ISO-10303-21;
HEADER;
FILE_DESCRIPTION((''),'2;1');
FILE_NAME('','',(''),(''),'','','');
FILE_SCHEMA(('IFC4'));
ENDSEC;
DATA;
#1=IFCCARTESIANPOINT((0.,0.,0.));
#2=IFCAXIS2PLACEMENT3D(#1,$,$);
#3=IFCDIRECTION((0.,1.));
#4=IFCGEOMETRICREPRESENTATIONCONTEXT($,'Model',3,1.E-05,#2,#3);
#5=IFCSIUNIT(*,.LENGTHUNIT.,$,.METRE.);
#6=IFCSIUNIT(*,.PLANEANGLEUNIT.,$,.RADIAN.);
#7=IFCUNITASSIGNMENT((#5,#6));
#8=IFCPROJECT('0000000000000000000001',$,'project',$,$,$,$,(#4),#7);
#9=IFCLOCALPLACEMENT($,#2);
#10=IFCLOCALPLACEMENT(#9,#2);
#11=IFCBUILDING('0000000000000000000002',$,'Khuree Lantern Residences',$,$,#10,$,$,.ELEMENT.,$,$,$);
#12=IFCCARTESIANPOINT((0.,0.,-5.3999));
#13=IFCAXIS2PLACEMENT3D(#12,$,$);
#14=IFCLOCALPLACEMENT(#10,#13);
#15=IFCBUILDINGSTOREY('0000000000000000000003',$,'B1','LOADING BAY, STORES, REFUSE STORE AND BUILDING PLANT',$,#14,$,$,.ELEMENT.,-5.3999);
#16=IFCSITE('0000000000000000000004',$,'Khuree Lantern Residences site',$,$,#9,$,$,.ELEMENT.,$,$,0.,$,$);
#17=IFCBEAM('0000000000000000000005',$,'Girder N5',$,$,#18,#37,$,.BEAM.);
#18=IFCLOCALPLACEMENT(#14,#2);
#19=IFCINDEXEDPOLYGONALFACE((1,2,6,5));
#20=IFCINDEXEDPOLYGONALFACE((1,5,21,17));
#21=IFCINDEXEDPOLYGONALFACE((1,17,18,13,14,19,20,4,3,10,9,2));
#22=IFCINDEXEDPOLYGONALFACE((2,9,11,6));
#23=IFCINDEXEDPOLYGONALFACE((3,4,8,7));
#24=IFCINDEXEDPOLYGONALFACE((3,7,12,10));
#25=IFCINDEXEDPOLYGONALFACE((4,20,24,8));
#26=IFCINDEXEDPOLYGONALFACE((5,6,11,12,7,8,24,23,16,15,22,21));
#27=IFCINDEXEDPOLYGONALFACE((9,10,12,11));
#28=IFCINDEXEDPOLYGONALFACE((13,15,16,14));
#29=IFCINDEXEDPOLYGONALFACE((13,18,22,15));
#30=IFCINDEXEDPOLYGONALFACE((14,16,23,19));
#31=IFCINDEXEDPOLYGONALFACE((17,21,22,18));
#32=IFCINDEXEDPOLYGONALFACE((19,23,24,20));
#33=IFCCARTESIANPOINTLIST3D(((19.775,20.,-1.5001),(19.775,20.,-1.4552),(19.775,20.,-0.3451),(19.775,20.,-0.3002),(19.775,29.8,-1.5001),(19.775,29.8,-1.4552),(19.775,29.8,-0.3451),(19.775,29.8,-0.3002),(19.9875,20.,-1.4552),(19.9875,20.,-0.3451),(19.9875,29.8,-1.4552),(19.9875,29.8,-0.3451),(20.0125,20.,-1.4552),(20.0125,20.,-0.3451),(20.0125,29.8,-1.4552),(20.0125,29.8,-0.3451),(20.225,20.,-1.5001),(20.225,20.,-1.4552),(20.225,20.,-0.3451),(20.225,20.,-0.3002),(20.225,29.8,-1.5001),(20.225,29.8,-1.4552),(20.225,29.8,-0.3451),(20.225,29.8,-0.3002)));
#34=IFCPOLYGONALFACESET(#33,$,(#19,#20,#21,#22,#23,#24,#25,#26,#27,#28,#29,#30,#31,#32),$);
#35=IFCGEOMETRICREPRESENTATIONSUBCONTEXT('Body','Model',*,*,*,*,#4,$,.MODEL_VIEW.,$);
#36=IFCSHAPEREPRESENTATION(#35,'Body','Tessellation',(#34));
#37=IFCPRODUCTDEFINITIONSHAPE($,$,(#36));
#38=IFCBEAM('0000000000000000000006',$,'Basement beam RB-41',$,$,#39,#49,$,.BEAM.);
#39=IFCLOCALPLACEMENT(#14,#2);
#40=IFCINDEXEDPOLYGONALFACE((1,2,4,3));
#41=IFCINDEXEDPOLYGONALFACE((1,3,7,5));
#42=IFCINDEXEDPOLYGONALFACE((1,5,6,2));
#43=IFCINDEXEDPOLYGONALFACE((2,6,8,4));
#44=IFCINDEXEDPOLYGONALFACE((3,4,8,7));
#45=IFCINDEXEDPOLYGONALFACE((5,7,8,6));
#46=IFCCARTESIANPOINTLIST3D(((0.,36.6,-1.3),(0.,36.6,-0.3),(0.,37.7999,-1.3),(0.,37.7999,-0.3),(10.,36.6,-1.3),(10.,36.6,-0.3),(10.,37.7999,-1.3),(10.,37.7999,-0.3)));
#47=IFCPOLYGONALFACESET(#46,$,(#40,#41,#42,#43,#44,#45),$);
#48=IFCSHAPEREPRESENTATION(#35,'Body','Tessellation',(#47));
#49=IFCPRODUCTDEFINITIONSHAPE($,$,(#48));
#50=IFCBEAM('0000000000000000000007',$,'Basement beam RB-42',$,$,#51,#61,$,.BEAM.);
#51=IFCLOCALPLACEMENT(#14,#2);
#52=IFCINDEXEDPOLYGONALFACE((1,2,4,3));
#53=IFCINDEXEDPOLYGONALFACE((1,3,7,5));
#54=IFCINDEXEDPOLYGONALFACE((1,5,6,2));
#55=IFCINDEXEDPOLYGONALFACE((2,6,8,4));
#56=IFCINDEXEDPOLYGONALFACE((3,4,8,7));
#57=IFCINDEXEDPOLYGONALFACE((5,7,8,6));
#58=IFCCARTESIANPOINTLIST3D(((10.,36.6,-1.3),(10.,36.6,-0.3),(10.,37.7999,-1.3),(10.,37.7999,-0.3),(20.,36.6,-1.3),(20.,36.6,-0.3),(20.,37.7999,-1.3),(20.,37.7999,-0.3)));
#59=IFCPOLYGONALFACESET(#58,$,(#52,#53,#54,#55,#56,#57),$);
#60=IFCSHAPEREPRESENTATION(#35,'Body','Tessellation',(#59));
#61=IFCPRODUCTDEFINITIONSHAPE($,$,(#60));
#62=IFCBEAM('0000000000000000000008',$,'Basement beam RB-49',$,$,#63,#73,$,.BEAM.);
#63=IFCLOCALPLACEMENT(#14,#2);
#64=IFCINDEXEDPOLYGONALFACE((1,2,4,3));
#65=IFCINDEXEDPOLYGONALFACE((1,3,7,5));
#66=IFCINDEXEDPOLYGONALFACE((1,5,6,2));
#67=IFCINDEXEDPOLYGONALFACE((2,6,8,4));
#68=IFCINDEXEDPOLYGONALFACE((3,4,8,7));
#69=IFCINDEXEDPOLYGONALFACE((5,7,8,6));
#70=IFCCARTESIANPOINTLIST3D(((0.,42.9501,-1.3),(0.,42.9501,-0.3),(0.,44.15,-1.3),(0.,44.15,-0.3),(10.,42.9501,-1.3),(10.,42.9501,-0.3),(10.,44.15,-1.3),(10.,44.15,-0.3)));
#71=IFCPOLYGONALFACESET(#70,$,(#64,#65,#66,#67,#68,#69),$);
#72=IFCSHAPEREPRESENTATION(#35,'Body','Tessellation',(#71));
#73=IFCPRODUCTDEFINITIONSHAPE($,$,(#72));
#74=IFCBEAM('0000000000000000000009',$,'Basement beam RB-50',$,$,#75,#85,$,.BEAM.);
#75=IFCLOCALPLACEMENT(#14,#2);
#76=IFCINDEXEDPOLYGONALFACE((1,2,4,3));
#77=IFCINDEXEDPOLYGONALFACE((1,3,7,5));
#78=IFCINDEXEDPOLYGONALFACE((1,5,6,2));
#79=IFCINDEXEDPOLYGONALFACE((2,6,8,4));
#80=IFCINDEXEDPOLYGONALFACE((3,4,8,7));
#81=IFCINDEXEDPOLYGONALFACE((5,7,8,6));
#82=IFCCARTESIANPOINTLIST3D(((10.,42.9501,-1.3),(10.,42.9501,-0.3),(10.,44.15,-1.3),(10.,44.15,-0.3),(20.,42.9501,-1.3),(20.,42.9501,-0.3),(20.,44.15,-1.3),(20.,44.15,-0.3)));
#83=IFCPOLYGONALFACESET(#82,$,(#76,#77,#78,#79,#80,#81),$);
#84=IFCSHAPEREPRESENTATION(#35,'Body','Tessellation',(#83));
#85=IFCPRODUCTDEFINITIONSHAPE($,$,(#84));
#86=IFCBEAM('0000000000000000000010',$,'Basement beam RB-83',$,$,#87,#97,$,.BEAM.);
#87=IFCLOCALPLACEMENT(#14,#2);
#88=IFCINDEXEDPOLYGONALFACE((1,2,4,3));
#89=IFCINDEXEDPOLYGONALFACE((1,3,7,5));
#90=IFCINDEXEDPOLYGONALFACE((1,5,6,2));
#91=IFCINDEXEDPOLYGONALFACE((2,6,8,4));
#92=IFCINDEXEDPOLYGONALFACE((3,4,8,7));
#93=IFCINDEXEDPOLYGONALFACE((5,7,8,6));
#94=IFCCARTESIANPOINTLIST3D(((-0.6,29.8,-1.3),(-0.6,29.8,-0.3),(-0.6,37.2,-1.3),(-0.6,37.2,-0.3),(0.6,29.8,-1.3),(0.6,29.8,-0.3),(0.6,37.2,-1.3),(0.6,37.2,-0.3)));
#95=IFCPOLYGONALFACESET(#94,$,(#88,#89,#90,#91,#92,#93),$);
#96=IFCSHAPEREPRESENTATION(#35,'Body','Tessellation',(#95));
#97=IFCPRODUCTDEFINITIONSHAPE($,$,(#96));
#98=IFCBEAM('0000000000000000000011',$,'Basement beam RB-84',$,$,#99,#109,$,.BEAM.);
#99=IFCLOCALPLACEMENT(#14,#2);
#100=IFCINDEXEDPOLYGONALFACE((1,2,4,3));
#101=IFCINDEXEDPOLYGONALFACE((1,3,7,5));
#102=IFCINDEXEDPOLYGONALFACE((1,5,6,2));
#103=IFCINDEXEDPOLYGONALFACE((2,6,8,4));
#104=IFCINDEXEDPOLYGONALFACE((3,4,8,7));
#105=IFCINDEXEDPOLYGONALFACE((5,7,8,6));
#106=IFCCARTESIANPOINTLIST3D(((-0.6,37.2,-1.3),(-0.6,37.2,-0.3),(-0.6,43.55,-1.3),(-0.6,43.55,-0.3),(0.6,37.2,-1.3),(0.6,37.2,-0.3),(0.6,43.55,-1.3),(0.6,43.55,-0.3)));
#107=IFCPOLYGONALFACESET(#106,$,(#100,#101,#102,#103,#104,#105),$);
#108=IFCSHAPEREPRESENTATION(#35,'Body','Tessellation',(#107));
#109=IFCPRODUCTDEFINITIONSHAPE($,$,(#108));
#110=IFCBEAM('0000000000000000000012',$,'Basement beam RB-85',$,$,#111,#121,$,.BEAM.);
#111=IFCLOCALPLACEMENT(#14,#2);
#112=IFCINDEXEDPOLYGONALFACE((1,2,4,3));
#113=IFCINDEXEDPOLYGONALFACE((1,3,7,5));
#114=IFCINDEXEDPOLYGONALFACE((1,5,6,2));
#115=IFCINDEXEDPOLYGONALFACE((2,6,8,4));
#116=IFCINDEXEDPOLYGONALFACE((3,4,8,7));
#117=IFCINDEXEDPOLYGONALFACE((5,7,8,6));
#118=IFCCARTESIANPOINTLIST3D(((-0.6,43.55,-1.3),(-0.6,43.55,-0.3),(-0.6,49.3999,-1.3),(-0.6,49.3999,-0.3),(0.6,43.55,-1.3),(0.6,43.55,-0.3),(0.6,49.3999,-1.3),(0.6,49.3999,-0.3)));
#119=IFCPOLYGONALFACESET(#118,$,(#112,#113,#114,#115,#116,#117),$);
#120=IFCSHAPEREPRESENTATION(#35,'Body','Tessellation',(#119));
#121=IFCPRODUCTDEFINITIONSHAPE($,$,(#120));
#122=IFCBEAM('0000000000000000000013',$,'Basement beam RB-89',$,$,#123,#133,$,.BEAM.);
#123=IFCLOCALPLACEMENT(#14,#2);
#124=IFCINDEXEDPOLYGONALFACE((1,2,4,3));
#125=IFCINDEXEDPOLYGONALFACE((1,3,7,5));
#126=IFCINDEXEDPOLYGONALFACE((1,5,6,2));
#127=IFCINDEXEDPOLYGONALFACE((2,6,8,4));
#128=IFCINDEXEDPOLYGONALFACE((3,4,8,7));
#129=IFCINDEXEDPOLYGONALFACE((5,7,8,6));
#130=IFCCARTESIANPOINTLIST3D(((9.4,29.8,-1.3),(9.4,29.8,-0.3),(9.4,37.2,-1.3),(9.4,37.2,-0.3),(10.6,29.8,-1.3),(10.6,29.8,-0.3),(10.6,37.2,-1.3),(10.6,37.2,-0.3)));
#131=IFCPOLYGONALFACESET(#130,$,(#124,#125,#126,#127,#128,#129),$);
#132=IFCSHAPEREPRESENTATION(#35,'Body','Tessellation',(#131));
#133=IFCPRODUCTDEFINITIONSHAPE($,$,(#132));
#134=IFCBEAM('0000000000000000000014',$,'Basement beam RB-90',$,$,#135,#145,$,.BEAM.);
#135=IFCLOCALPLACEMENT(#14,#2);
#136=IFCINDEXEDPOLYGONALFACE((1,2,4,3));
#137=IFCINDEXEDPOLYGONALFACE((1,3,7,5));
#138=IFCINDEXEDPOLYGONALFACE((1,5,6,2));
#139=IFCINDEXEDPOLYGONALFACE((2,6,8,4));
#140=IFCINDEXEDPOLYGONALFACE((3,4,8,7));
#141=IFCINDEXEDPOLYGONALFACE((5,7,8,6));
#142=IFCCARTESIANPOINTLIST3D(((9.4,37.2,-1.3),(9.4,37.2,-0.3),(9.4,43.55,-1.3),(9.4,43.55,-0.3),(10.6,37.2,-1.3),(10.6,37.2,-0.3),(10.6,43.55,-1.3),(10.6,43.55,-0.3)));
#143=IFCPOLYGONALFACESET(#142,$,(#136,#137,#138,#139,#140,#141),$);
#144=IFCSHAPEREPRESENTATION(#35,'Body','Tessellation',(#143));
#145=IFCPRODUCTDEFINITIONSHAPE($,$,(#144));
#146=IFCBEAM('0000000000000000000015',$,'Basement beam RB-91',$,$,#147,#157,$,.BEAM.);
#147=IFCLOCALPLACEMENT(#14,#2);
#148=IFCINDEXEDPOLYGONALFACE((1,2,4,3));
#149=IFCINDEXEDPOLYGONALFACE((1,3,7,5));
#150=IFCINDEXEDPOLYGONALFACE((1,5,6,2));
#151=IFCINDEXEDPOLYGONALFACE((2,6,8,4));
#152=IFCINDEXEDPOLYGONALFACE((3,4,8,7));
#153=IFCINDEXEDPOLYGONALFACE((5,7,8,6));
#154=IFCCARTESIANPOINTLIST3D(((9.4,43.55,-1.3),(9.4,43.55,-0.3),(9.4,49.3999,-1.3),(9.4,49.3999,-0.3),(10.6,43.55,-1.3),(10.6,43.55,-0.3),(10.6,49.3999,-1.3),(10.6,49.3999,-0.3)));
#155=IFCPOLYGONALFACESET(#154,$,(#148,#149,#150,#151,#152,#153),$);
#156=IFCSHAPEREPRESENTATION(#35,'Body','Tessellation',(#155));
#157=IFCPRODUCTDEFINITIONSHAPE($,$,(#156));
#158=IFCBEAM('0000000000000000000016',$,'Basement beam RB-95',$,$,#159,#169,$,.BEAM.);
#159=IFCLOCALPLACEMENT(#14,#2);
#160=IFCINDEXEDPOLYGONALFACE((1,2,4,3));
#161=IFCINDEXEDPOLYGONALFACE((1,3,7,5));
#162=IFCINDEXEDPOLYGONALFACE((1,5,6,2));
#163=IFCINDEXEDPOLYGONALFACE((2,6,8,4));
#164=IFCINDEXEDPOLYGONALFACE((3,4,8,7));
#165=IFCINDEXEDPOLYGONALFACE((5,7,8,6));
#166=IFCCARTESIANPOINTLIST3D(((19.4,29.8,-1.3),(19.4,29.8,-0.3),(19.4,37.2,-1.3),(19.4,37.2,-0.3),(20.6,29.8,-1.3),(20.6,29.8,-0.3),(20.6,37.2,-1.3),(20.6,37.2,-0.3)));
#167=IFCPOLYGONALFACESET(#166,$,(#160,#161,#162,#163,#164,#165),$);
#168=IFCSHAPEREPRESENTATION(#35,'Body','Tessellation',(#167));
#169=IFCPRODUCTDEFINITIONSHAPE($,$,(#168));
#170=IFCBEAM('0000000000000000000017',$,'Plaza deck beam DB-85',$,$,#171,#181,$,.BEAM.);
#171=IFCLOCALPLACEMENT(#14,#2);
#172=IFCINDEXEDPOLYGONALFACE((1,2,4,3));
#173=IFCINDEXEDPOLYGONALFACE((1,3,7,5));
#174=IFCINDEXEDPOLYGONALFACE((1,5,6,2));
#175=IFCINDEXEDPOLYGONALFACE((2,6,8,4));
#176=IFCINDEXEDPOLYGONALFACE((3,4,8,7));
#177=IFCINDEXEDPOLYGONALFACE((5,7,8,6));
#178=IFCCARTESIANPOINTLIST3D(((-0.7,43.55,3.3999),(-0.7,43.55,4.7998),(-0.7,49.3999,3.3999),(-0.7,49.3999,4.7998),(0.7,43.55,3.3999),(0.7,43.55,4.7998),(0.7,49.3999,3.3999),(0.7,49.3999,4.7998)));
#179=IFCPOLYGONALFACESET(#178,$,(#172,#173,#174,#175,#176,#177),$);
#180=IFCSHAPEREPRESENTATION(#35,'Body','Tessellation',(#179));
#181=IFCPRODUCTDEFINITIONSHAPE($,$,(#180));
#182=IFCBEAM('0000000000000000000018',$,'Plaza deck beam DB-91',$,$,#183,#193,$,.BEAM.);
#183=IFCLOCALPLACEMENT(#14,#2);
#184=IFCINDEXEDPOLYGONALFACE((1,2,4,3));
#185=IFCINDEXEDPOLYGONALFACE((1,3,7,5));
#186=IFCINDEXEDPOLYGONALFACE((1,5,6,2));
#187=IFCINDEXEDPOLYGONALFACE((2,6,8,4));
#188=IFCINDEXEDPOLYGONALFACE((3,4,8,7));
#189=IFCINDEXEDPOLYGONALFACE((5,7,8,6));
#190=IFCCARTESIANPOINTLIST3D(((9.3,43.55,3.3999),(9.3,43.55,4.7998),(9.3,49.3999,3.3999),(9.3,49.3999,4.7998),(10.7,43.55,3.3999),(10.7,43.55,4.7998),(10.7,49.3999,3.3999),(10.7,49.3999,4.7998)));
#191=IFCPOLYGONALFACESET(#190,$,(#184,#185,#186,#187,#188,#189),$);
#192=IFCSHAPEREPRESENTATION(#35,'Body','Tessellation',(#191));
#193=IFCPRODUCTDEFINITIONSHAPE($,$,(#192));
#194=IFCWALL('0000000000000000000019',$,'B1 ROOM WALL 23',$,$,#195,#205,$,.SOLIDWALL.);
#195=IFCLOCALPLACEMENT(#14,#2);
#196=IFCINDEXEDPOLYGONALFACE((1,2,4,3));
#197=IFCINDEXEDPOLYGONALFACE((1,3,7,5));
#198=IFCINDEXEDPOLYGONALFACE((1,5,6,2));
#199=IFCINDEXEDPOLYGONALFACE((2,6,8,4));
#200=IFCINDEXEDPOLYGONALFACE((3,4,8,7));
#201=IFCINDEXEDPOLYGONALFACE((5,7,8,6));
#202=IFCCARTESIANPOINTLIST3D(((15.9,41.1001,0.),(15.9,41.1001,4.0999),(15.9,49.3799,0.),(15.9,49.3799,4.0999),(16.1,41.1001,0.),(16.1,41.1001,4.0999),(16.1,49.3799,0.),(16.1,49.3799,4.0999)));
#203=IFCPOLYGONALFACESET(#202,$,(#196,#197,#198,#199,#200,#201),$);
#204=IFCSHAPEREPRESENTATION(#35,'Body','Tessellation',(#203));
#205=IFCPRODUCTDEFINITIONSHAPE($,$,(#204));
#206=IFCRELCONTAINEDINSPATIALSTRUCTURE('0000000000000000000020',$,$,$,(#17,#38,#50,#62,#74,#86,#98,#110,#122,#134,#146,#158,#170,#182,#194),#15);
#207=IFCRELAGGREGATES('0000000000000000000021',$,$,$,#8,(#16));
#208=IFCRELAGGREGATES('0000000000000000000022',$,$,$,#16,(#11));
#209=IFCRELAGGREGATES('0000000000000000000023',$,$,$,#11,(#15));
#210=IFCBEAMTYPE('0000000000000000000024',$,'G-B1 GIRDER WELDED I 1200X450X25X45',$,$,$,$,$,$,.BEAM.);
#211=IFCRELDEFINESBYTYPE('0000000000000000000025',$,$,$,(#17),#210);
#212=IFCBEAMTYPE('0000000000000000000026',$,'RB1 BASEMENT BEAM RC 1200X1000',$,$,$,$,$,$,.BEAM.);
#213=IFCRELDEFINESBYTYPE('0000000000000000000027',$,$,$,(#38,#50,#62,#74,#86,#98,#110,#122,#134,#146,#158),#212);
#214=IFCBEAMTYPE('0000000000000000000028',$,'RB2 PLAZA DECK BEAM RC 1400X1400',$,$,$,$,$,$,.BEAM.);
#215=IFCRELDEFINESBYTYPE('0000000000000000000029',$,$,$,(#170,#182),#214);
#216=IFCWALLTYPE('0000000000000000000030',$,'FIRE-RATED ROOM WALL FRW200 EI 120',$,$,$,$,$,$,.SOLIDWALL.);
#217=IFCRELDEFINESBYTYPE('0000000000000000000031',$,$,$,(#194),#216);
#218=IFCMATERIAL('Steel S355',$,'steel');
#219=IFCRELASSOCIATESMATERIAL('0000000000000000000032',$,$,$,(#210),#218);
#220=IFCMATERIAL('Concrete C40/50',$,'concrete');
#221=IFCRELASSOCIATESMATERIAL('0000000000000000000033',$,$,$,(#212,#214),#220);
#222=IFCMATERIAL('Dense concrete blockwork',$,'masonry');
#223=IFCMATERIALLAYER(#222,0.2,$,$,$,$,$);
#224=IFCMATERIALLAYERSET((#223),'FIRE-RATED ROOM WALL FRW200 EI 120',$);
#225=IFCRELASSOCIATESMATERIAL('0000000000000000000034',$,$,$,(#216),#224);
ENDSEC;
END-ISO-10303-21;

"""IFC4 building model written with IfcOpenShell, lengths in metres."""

from ifc_helpers import new_model, si_unit, direction, frame, frame_2d, origin, origin_2d, place, context, subcontext, project, spatial, rectangle, i_section, extrude, material, layer, layer_set, material_profile, profile_set, type_object, element, save


model = new_model("IFC4")

# Units and contexts
model_context = context("Model", 3, precision=1e-05, world=origin(), true_north=direction((0.0, 1.0)))
body_context = subcontext(model_context, "Body", "Model", "MODEL_VIEW")
ifc_project = project(units=[si_unit("LENGTHUNIT", "METRE"), si_unit("PLANEANGLEUNIT", "RADIAN")], contexts=[model_context])

# Site, building, storey
site_placement = place(None, origin())
site = spatial("IfcSite", under=ifc_project, at=site_placement, Name="Khuree Lantern Residences site", CompositionType="ELEMENT", RefElevation=0.0)
building_placement = place(site_placement, origin())
building = spatial("IfcBuilding", under=site, at=building_placement, Name="Khuree Lantern Residences", CompositionType="ELEMENT")
storey_placement = place(building_placement, frame((0.0, 0.0, -5.3999)))
storey = spatial("IfcBuildingStorey", under=building, at=storey_placement, Name="B1", Description="LOADING BAY, STORES, REFUSE STORE AND BUILDING PLANT", CompositionType="ELEMENT", Elevation=-5.3999)

# Beams
ifc_material_1 = material(Name="Steel S355", Category="steel")
ifc_material_profile_1 = material_profile(ifc_material_1, i_section(OverallWidth=0.45, OverallDepth=1.2, WebThickness=0.0249, FlangeThickness=0.0449, at=origin_2d()), Name="WELDED I 1200X450X25X45")
ifc_profile_set_1 = profile_set([ifc_material_profile_1], Name="Steel S355")
beam_type_1 = type_object("IfcBeamType", Name="G-B1 GIRDER WELDED I 1200X450X25X45", PredefinedType="BEAM", material=ifc_profile_set_1)
beam_1_placement = place(storey_placement, frame((20.0, 29.8, -0.9001), z_axis=(0.0, -1.0, 0.0), x_axis=(1.0, 0.0, 0.0)))
element("IfcBeam", 1, at=beam_1_placement, inside=storey, type_object=beam_type_1, Name="Girder N5", PredefinedType="BEAM", context=body_context, shape_type="SweptSolid", body=[
    extrude(i_section(OverallWidth=0.45, OverallDepth=1.2, WebThickness=0.0249, FlangeThickness=0.0449, at=origin_2d()), origin(), (0.0, 0.0, 1.0), 9.8),
])
ifc_material_2 = material(Name="Concrete C40/50", Category="concrete")
ifc_material_profile_2 = material_profile(ifc_material_2, rectangle(XDim=1.2, YDim=1.0, at=origin_2d()), Name="RC 1200X1000")
ifc_profile_set_2 = profile_set([ifc_material_profile_2], Name="Concrete C40/50")
beam_type_2 = type_object("IfcBeamType", Name="RB1 BASEMENT BEAM RC 1200X1000", PredefinedType="BEAM", material=ifc_profile_set_2)
for number, where, z_axis, x_axis, name in (
    (2, (0.0, 37.2, -0.8), (1.0, 0.0, 0.0), (0.0, 1.0, 0.0), "Basement beam RB-41"),
    (3, (10.0, 37.2, -0.8), (1.0, 0.0, 0.0), (0.0, 1.0, 0.0), "Basement beam RB-42"),
    (4, (0.0, 43.55, -0.8), (1.0, 0.0, 0.0), (0.0, 1.0, 0.0), "Basement beam RB-49"),
    (5, (10.0, 43.55, -0.8), (1.0, 0.0, 0.0), (0.0, 1.0, 0.0), "Basement beam RB-50"),
):
    element("IfcBeam", number, at=place(storey_placement, frame(where, z_axis=z_axis, x_axis=x_axis)), inside=storey, type_object=beam_type_2, Name=name, PredefinedType="BEAM", context=body_context, shape_type="SweptSolid", body=[
        extrude(rectangle(XDim=1.2, YDim=1.0, at=origin_2d()), origin(), (0.0, 0.0, 1.0), 10.0),
    ])
beam_2_placement = place(storey_placement, frame((0.0, 29.8, -0.8), z_axis=(0.0, 1.0, 0.0), x_axis=(-1.0, 0.0, 0.0)))
element("IfcBeam", 6, at=beam_2_placement, inside=storey, type_object=beam_type_2, Name="Basement beam RB-83", PredefinedType="BEAM", context=body_context, shape_type="SweptSolid", body=[
    extrude(rectangle(XDim=1.2, YDim=1.0, at=origin_2d()), origin(), (0.0, 0.0, 1.0), 7.3999),
])
beam_3_placement = place(storey_placement, frame((0.0, 37.2, -0.8), z_axis=(0.0, 1.0, 0.0), x_axis=(-1.0, 0.0, 0.0)))
element("IfcBeam", 7, at=beam_3_placement, inside=storey, type_object=beam_type_2, Name="Basement beam RB-84", PredefinedType="BEAM", context=body_context, shape_type="SweptSolid", body=[
    extrude(rectangle(XDim=1.2, YDim=1.0, at=origin_2d()), origin(), (0.0, 0.0, 1.0), 6.3501),
])
beam_4_placement = place(storey_placement, frame((0.0, 43.55, -0.8), z_axis=(0.0, 1.0, 0.0), x_axis=(-1.0, 0.0, 0.0)))
element("IfcBeam", 8, at=beam_4_placement, inside=storey, type_object=beam_type_2, Name="Basement beam RB-85", PredefinedType="BEAM", context=body_context, shape_type="SweptSolid", body=[
    extrude(rectangle(XDim=1.2, YDim=1.0, at=origin_2d()), origin(), (0.0, 0.0, 1.0), 5.8499),
])
beam_5_placement = place(storey_placement, frame((10.0, 29.8, -0.8), z_axis=(0.0, 1.0, 0.0), x_axis=(-1.0, 0.0, 0.0)))
element("IfcBeam", 9, at=beam_5_placement, inside=storey, type_object=beam_type_2, Name="Basement beam RB-89", PredefinedType="BEAM", context=body_context, shape_type="SweptSolid", body=[
    extrude(rectangle(XDim=1.2, YDim=1.0, at=origin_2d()), origin(), (0.0, 0.0, 1.0), 7.3999),
])
beam_6_placement = place(storey_placement, frame((10.0, 37.2, -0.8), z_axis=(0.0, 1.0, 0.0), x_axis=(-1.0, 0.0, 0.0)))
element("IfcBeam", 10, at=beam_6_placement, inside=storey, type_object=beam_type_2, Name="Basement beam RB-90", PredefinedType="BEAM", context=body_context, shape_type="SweptSolid", body=[
    extrude(rectangle(XDim=1.2, YDim=1.0, at=origin_2d()), origin(), (0.0, 0.0, 1.0), 6.3501),
])
beam_7_placement = place(storey_placement, frame((10.0, 43.55, -0.8), z_axis=(0.0, 1.0, 0.0), x_axis=(-1.0, 0.0, 0.0)))
element("IfcBeam", 11, at=beam_7_placement, inside=storey, type_object=beam_type_2, Name="Basement beam RB-91", PredefinedType="BEAM", context=body_context, shape_type="SweptSolid", body=[
    extrude(rectangle(XDim=1.2, YDim=1.0, at=origin_2d()), origin(), (0.0, 0.0, 1.0), 5.8499),
])
beam_8_placement = place(storey_placement, frame((20.0, 29.8, -0.8), z_axis=(0.0, 1.0, 0.0), x_axis=(-1.0, 0.0, 0.0)))
element("IfcBeam", 12, at=beam_8_placement, inside=storey, type_object=beam_type_2, Name="Basement beam RB-95", PredefinedType="BEAM", context=body_context, shape_type="SweptSolid", body=[
    extrude(rectangle(XDim=1.2, YDim=1.0, at=origin_2d()), origin(), (0.0, 0.0, 1.0), 7.3999),
])
ifc_material_profile_3 = material_profile(ifc_material_2, rectangle(XDim=1.3999, YDim=1.3999, at=origin_2d()), Name="RC 1400X1400")
ifc_profile_set_3 = profile_set([ifc_material_profile_3], Name="Concrete C40/50")
beam_type_3 = type_object("IfcBeamType", Name="RB2 PLAZA DECK BEAM RC 1400X1400", PredefinedType="BEAM", material=ifc_profile_set_3)
for number, where, z_axis, x_axis, name in (
    (13, (0.0, 43.55, 4.0999), (0.0, 1.0, 0.0), (-1.0, 0.0, 0.0), "Plaza deck beam DB-85"),
    (14, (10.0, 43.55, 4.0999), (0.0, 1.0, 0.0), (-1.0, 0.0, 0.0), "Plaza deck beam DB-91"),
):
    element("IfcBeam", number, at=place(storey_placement, frame(where, z_axis=z_axis, x_axis=x_axis)), inside=storey, type_object=beam_type_3, Name=name, PredefinedType="BEAM", context=body_context, shape_type="SweptSolid", body=[
        extrude(rectangle(XDim=1.3999, YDim=1.3999, at=origin_2d()), origin(), (0.0, 0.0, 1.0), 5.8499),
    ])

# Wall
ifc_material_3 = material(Name="Dense concrete blockwork", Category="masonry")
ifc_layer = layer(ifc_material_3, 0.2)
ifc_layer_set = layer_set([ifc_layer], Name="FIRE-RATED ROOM WALL FRW200 EI 120")
wall_type = type_object("IfcWallType", Name="FIRE-RATED ROOM WALL FRW200 EI 120", PredefinedType="SOLIDWALL", material=ifc_layer_set)
wall_placement = place(storey_placement, frame((16.0, 41.1001, 0.0), z_axis=(0.0, 0.0, 1.0), x_axis=(0.0, 1.0, 0.0)))
element("IfcWall", 15, at=wall_placement, inside=storey, type_object=wall_type, Name="B1 ROOM WALL 23", PredefinedType="SOLIDWALL", context=body_context, shape_type="SweptSolid", body=[
    extrude(rectangle(XDim=8.2798, YDim=0.2, at=frame_2d((4.1399, 0.0))), origin(), (0.0, 0.0, 1.0), 4.0999),
])

save(model, "model.ifc")
